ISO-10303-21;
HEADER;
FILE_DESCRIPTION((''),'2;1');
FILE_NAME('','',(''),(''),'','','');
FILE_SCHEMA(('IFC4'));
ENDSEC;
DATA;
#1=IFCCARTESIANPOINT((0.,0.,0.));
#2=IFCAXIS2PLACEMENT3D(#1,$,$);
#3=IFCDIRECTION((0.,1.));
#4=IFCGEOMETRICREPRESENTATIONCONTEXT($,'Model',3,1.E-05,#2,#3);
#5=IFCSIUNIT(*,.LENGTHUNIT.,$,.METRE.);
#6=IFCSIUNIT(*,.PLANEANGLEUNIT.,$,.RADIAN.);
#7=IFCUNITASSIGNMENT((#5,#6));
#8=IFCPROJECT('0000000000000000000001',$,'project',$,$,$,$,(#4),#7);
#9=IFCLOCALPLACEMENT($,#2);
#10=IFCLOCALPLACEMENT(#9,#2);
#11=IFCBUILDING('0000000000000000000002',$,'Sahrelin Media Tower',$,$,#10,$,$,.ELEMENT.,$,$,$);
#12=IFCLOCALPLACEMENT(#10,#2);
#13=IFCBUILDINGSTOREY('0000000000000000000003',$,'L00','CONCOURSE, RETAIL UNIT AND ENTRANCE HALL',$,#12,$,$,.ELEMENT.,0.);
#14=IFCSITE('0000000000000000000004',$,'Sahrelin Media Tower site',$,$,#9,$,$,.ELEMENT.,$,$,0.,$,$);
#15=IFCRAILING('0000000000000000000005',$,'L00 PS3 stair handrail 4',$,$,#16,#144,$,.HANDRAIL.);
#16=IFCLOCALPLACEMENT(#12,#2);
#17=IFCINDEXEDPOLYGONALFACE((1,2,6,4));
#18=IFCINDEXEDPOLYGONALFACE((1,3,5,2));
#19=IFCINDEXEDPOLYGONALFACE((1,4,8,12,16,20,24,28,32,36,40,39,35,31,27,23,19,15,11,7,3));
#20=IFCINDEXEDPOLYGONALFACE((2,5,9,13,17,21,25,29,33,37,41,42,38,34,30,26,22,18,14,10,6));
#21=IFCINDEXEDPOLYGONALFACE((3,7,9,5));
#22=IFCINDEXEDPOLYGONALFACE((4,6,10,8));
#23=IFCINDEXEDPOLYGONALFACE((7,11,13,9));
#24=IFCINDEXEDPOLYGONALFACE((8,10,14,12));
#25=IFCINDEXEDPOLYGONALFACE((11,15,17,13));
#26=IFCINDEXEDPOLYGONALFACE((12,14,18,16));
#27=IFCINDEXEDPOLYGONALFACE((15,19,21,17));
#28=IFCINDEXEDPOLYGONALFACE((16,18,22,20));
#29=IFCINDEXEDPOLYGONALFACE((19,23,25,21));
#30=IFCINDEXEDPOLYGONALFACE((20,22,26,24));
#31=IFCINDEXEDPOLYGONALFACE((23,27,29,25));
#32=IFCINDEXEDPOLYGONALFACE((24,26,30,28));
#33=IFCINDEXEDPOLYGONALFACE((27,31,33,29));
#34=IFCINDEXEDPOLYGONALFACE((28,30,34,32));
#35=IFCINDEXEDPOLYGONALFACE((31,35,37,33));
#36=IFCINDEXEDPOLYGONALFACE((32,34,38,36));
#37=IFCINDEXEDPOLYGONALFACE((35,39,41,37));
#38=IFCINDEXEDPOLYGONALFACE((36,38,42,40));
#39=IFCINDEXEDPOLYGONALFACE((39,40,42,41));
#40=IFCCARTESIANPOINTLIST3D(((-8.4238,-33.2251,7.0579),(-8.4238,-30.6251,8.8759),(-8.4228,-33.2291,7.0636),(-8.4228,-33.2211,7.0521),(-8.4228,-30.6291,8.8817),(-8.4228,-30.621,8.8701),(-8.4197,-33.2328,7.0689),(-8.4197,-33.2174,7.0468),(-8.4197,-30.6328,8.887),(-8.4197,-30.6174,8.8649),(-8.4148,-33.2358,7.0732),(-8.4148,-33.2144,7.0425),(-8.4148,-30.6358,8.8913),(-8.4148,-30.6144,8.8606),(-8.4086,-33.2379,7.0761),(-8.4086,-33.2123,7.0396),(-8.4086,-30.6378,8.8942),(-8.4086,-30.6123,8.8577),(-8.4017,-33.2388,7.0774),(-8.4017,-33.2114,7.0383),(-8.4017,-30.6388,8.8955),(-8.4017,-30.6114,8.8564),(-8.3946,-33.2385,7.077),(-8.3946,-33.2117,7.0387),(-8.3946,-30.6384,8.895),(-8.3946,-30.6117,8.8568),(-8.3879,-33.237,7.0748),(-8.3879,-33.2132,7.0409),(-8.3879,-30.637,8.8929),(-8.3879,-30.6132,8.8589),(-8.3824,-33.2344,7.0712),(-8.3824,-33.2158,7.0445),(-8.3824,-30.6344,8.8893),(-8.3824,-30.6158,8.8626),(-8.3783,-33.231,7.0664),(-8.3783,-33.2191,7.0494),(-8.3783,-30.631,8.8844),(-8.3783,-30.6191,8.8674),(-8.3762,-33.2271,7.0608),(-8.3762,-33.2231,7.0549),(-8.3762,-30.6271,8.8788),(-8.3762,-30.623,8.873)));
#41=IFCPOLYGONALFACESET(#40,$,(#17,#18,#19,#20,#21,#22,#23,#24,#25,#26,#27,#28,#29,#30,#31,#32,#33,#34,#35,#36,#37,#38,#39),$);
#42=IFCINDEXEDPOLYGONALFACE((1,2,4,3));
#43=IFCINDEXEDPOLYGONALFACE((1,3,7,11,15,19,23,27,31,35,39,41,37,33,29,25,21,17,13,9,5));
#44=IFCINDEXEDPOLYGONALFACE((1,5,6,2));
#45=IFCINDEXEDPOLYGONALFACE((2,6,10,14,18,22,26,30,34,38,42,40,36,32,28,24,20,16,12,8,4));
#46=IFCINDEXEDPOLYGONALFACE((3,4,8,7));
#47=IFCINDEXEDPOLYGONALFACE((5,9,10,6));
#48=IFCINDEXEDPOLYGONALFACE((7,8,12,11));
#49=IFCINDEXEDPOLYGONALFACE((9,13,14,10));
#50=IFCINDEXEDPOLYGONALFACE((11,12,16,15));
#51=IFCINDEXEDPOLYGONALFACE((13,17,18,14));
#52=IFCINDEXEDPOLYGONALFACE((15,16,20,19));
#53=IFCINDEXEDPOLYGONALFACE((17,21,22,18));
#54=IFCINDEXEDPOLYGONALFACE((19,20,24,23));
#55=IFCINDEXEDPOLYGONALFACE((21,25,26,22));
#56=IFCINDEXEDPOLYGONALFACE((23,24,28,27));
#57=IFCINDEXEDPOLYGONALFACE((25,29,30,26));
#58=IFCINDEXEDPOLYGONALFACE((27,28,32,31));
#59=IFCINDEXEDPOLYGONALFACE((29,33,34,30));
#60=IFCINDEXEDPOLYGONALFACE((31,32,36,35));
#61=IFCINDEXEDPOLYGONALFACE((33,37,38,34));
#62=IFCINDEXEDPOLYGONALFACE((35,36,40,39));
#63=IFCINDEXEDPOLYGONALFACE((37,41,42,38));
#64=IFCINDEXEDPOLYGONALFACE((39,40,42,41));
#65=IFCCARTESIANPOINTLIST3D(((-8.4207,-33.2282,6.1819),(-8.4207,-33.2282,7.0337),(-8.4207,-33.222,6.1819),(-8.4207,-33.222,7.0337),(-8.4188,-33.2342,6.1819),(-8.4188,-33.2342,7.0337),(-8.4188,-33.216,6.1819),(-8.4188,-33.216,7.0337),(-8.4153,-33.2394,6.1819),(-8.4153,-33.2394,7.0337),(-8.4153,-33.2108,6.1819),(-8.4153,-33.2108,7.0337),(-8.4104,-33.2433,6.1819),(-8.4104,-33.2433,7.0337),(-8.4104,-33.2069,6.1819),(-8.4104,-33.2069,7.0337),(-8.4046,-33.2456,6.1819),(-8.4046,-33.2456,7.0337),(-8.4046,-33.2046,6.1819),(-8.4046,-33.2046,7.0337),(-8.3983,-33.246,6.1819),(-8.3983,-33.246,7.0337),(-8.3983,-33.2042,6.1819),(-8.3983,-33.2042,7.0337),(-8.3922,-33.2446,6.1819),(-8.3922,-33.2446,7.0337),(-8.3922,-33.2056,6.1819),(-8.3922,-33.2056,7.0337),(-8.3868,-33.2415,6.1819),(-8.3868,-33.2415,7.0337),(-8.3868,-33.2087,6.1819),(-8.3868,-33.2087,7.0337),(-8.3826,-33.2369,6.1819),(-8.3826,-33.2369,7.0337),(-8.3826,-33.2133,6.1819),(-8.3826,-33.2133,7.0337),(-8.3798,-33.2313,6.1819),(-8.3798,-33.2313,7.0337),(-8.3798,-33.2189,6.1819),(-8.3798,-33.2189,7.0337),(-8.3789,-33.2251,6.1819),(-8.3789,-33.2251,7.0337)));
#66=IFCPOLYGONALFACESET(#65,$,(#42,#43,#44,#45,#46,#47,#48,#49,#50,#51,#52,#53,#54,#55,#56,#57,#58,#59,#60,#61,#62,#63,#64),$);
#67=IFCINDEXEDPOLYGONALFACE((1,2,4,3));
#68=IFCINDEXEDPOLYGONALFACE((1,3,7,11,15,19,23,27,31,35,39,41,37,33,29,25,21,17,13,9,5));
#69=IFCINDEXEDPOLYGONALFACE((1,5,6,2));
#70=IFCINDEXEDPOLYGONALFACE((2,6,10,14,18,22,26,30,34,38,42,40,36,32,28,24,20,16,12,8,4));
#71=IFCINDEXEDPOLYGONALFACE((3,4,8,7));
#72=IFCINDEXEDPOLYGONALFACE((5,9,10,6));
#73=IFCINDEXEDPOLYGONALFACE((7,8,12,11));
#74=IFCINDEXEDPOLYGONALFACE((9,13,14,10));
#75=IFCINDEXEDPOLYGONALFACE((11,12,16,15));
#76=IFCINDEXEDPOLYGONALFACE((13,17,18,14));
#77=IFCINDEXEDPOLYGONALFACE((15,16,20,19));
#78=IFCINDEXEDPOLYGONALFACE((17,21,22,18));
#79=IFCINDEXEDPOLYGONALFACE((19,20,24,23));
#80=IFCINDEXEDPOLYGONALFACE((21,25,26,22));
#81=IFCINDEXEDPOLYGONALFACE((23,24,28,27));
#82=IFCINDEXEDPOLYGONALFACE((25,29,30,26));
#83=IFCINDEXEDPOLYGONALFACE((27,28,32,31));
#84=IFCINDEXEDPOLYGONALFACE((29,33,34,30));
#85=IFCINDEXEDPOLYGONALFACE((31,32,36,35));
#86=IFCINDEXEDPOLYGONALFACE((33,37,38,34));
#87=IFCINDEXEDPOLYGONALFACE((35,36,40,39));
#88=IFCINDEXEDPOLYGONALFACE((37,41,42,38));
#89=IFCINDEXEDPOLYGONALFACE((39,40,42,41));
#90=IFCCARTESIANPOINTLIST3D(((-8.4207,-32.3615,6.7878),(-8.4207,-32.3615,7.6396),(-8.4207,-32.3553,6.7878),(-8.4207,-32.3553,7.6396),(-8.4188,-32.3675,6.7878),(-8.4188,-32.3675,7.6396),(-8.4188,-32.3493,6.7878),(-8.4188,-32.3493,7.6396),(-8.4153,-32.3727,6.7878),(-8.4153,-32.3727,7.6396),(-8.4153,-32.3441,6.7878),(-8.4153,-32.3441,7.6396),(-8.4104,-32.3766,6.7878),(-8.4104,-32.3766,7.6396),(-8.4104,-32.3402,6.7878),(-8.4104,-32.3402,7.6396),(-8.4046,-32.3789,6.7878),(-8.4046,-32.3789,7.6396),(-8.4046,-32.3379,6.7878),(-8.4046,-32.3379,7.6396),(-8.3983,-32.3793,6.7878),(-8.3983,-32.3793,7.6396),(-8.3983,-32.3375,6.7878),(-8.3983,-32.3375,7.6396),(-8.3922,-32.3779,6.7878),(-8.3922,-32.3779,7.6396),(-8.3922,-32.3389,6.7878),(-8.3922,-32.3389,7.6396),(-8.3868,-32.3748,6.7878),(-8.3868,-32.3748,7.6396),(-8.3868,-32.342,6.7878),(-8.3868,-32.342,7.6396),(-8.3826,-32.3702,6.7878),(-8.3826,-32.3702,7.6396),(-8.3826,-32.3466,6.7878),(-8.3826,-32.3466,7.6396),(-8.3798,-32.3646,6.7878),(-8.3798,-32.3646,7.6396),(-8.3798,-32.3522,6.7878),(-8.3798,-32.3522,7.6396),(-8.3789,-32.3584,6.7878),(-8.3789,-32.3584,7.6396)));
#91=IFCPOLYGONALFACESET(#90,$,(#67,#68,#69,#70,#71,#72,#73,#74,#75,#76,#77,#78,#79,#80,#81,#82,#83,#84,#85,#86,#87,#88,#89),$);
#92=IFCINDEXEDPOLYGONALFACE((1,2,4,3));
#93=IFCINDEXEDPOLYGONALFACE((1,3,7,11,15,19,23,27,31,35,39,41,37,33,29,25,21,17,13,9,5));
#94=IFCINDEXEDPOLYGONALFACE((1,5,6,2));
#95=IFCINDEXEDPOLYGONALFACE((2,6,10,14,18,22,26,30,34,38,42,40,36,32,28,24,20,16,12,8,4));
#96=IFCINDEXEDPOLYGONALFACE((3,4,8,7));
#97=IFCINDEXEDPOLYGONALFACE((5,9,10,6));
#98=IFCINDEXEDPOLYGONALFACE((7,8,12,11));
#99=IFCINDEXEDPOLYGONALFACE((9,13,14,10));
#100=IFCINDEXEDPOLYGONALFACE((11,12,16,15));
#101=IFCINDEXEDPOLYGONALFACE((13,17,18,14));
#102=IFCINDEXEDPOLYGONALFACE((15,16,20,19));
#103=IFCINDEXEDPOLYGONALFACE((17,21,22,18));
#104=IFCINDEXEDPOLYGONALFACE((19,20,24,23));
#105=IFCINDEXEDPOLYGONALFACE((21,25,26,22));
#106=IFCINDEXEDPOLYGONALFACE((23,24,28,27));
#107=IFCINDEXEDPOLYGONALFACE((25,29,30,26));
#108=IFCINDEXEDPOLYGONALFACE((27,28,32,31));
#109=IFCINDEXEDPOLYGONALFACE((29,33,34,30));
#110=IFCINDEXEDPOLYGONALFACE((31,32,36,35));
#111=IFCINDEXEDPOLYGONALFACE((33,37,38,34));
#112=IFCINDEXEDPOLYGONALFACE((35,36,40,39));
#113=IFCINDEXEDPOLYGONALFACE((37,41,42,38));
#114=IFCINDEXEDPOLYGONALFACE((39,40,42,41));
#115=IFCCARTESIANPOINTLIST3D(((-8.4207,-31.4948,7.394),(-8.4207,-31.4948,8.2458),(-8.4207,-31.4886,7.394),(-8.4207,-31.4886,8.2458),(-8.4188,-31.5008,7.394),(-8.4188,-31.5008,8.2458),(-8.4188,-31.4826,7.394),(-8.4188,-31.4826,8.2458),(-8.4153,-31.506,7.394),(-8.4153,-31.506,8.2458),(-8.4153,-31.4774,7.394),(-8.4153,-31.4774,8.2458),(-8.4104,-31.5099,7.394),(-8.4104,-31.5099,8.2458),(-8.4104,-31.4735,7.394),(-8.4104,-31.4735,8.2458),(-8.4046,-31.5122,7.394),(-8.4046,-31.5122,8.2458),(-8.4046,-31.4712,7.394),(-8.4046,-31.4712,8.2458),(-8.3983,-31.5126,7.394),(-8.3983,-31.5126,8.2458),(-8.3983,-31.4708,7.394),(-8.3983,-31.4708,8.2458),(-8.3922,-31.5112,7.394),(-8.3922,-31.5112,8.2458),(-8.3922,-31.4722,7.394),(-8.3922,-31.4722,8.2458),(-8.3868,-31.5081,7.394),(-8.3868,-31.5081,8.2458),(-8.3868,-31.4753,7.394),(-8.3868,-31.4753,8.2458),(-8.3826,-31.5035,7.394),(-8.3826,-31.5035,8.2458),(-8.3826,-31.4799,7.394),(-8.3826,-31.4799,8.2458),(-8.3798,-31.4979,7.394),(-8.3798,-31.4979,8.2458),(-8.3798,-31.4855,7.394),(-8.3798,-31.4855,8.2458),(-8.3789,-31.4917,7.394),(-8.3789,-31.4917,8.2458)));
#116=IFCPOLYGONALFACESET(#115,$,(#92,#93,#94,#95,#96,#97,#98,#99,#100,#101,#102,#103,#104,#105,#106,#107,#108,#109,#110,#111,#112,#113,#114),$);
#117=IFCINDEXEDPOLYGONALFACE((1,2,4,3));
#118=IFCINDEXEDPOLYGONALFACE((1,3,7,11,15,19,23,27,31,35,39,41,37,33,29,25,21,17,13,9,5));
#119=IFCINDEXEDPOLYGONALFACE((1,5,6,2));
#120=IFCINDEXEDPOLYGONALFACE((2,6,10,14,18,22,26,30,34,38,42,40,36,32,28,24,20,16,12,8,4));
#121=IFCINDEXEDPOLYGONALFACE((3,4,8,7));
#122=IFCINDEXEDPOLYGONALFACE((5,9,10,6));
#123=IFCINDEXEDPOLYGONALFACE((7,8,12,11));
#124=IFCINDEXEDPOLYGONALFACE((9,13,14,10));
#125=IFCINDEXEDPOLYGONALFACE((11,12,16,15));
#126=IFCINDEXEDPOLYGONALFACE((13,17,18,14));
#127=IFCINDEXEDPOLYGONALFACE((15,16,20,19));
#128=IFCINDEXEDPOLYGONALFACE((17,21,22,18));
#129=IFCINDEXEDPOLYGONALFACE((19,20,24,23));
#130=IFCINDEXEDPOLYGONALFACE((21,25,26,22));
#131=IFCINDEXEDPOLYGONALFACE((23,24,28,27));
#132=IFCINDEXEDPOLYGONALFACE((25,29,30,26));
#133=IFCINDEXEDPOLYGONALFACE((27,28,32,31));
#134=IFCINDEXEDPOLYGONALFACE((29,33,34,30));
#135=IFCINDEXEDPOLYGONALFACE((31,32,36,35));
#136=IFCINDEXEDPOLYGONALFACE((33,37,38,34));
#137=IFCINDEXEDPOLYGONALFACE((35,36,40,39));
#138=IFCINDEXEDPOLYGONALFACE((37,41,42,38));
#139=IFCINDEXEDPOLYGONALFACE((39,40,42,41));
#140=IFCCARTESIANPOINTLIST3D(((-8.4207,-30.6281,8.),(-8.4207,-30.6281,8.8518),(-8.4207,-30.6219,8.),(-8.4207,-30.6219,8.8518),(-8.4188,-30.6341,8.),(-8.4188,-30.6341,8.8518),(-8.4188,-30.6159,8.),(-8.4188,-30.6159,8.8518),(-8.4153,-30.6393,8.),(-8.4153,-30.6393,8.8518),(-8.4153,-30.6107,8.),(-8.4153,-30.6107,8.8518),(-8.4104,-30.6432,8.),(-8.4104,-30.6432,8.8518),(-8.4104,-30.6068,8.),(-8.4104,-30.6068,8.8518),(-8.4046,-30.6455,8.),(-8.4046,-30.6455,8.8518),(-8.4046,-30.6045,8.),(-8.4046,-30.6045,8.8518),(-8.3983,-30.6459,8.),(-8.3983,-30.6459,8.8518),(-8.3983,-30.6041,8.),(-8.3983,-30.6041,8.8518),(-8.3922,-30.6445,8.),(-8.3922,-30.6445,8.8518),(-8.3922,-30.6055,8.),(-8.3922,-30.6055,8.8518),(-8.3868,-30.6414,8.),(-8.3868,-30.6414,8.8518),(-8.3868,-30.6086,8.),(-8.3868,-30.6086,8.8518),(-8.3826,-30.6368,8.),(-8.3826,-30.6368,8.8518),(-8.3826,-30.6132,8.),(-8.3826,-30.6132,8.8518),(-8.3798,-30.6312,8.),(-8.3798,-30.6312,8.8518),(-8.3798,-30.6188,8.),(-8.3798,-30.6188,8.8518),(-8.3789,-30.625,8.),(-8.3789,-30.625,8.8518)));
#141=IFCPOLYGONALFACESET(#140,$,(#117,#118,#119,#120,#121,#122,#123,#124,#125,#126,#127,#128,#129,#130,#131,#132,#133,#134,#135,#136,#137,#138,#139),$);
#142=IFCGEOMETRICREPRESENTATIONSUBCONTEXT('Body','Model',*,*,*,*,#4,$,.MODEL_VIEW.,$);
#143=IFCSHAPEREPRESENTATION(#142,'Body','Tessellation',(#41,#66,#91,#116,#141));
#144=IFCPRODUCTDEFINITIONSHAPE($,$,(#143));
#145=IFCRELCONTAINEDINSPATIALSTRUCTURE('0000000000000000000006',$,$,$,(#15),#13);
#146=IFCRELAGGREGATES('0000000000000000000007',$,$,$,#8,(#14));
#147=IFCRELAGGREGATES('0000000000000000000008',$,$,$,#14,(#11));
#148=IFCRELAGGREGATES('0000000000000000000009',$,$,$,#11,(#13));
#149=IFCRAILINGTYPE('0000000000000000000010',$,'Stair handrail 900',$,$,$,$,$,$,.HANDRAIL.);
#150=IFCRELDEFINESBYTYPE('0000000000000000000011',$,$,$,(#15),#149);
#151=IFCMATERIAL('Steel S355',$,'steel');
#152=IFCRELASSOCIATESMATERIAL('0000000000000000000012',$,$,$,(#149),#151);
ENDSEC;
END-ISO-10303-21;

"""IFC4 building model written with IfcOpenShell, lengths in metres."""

from ifc_helpers import new_model, si_unit, direction, frame, origin, origin_2d, place, context, subcontext, project, spatial, circle, extrude, material, type_object, element, save


model = new_model("IFC4")

# Units and contexts
model_context = context("Model", 3, precision=1e-05, world=origin(), true_north=direction((0.0, 1.0)))
body_context = subcontext(model_context, "Body", "Model", "MODEL_VIEW")
ifc_project = project(units=[si_unit("LENGTHUNIT", "METRE"), si_unit("PLANEANGLEUNIT", "RADIAN")], contexts=[model_context])

# Site, building, storey
site_placement = place(None, origin())
site = spatial("IfcSite", under=ifc_project, at=site_placement, Name="Sahrelin Media Tower site", CompositionType="ELEMENT", RefElevation=0.0)
building_placement = place(site_placement, origin())
building = spatial("IfcBuilding", under=site, at=building_placement, Name="Sahrelin Media Tower", CompositionType="ELEMENT")
storey_placement = place(building_placement, origin())
storey = spatial("IfcBuildingStorey", under=building, at=storey_placement, Name="L00", Description="CONCOURSE, RETAIL UNIT AND ENTRANCE HALL", CompositionType="ELEMENT", Elevation=0.0)

# Shared definitions
ifc_material_1 = material(Name="Steel S355", Category="steel")

# Railing
railing_type_1 = type_object("IfcRailingType", Name="Stair handrail 900", PredefinedType="HANDRAIL", material=ifc_material_1)
railing_1_placement = place(storey_placement, frame((-8.3999, -33.2251, 6.1819)))
element("IfcRailing", 1, at=railing_1_placement, inside=storey, type_object=railing_type_1, Name="L00 PS3 stair handrail 4", PredefinedType="HANDRAIL", context=body_context, shape_type="SweptSolid", body=[
    extrude(circle(Radius=0.0239, at=origin_2d()), frame((0.0, 0.0, 0.876), z_axis=(0.0, 0.819521, 0.573049), x_axis=(-1.0, 0.0, 0.0)), (0.0, 0.0, 1.0), 3.1726),
    extrude(circle(Radius=0.021, at=origin_2d()), origin(), (0.0, 0.0, 1.0), 0.8518),
    extrude(circle(Radius=0.021, at=origin_2d()), frame((0.0, 0.8667, 0.606)), (0.0, 0.0, 1.0), 0.8518),
    extrude(circle(Radius=0.021, at=origin_2d()), frame((0.0, 1.7334, 1.2122)), (0.0, 0.0, 1.0), 0.8518),
    extrude(circle(Radius=0.021, at=origin_2d()), frame((0.0, 2.6001, 1.8181)), (0.0, 0.0, 1.0), 0.8518),
])

save(model, "model.ifc")
